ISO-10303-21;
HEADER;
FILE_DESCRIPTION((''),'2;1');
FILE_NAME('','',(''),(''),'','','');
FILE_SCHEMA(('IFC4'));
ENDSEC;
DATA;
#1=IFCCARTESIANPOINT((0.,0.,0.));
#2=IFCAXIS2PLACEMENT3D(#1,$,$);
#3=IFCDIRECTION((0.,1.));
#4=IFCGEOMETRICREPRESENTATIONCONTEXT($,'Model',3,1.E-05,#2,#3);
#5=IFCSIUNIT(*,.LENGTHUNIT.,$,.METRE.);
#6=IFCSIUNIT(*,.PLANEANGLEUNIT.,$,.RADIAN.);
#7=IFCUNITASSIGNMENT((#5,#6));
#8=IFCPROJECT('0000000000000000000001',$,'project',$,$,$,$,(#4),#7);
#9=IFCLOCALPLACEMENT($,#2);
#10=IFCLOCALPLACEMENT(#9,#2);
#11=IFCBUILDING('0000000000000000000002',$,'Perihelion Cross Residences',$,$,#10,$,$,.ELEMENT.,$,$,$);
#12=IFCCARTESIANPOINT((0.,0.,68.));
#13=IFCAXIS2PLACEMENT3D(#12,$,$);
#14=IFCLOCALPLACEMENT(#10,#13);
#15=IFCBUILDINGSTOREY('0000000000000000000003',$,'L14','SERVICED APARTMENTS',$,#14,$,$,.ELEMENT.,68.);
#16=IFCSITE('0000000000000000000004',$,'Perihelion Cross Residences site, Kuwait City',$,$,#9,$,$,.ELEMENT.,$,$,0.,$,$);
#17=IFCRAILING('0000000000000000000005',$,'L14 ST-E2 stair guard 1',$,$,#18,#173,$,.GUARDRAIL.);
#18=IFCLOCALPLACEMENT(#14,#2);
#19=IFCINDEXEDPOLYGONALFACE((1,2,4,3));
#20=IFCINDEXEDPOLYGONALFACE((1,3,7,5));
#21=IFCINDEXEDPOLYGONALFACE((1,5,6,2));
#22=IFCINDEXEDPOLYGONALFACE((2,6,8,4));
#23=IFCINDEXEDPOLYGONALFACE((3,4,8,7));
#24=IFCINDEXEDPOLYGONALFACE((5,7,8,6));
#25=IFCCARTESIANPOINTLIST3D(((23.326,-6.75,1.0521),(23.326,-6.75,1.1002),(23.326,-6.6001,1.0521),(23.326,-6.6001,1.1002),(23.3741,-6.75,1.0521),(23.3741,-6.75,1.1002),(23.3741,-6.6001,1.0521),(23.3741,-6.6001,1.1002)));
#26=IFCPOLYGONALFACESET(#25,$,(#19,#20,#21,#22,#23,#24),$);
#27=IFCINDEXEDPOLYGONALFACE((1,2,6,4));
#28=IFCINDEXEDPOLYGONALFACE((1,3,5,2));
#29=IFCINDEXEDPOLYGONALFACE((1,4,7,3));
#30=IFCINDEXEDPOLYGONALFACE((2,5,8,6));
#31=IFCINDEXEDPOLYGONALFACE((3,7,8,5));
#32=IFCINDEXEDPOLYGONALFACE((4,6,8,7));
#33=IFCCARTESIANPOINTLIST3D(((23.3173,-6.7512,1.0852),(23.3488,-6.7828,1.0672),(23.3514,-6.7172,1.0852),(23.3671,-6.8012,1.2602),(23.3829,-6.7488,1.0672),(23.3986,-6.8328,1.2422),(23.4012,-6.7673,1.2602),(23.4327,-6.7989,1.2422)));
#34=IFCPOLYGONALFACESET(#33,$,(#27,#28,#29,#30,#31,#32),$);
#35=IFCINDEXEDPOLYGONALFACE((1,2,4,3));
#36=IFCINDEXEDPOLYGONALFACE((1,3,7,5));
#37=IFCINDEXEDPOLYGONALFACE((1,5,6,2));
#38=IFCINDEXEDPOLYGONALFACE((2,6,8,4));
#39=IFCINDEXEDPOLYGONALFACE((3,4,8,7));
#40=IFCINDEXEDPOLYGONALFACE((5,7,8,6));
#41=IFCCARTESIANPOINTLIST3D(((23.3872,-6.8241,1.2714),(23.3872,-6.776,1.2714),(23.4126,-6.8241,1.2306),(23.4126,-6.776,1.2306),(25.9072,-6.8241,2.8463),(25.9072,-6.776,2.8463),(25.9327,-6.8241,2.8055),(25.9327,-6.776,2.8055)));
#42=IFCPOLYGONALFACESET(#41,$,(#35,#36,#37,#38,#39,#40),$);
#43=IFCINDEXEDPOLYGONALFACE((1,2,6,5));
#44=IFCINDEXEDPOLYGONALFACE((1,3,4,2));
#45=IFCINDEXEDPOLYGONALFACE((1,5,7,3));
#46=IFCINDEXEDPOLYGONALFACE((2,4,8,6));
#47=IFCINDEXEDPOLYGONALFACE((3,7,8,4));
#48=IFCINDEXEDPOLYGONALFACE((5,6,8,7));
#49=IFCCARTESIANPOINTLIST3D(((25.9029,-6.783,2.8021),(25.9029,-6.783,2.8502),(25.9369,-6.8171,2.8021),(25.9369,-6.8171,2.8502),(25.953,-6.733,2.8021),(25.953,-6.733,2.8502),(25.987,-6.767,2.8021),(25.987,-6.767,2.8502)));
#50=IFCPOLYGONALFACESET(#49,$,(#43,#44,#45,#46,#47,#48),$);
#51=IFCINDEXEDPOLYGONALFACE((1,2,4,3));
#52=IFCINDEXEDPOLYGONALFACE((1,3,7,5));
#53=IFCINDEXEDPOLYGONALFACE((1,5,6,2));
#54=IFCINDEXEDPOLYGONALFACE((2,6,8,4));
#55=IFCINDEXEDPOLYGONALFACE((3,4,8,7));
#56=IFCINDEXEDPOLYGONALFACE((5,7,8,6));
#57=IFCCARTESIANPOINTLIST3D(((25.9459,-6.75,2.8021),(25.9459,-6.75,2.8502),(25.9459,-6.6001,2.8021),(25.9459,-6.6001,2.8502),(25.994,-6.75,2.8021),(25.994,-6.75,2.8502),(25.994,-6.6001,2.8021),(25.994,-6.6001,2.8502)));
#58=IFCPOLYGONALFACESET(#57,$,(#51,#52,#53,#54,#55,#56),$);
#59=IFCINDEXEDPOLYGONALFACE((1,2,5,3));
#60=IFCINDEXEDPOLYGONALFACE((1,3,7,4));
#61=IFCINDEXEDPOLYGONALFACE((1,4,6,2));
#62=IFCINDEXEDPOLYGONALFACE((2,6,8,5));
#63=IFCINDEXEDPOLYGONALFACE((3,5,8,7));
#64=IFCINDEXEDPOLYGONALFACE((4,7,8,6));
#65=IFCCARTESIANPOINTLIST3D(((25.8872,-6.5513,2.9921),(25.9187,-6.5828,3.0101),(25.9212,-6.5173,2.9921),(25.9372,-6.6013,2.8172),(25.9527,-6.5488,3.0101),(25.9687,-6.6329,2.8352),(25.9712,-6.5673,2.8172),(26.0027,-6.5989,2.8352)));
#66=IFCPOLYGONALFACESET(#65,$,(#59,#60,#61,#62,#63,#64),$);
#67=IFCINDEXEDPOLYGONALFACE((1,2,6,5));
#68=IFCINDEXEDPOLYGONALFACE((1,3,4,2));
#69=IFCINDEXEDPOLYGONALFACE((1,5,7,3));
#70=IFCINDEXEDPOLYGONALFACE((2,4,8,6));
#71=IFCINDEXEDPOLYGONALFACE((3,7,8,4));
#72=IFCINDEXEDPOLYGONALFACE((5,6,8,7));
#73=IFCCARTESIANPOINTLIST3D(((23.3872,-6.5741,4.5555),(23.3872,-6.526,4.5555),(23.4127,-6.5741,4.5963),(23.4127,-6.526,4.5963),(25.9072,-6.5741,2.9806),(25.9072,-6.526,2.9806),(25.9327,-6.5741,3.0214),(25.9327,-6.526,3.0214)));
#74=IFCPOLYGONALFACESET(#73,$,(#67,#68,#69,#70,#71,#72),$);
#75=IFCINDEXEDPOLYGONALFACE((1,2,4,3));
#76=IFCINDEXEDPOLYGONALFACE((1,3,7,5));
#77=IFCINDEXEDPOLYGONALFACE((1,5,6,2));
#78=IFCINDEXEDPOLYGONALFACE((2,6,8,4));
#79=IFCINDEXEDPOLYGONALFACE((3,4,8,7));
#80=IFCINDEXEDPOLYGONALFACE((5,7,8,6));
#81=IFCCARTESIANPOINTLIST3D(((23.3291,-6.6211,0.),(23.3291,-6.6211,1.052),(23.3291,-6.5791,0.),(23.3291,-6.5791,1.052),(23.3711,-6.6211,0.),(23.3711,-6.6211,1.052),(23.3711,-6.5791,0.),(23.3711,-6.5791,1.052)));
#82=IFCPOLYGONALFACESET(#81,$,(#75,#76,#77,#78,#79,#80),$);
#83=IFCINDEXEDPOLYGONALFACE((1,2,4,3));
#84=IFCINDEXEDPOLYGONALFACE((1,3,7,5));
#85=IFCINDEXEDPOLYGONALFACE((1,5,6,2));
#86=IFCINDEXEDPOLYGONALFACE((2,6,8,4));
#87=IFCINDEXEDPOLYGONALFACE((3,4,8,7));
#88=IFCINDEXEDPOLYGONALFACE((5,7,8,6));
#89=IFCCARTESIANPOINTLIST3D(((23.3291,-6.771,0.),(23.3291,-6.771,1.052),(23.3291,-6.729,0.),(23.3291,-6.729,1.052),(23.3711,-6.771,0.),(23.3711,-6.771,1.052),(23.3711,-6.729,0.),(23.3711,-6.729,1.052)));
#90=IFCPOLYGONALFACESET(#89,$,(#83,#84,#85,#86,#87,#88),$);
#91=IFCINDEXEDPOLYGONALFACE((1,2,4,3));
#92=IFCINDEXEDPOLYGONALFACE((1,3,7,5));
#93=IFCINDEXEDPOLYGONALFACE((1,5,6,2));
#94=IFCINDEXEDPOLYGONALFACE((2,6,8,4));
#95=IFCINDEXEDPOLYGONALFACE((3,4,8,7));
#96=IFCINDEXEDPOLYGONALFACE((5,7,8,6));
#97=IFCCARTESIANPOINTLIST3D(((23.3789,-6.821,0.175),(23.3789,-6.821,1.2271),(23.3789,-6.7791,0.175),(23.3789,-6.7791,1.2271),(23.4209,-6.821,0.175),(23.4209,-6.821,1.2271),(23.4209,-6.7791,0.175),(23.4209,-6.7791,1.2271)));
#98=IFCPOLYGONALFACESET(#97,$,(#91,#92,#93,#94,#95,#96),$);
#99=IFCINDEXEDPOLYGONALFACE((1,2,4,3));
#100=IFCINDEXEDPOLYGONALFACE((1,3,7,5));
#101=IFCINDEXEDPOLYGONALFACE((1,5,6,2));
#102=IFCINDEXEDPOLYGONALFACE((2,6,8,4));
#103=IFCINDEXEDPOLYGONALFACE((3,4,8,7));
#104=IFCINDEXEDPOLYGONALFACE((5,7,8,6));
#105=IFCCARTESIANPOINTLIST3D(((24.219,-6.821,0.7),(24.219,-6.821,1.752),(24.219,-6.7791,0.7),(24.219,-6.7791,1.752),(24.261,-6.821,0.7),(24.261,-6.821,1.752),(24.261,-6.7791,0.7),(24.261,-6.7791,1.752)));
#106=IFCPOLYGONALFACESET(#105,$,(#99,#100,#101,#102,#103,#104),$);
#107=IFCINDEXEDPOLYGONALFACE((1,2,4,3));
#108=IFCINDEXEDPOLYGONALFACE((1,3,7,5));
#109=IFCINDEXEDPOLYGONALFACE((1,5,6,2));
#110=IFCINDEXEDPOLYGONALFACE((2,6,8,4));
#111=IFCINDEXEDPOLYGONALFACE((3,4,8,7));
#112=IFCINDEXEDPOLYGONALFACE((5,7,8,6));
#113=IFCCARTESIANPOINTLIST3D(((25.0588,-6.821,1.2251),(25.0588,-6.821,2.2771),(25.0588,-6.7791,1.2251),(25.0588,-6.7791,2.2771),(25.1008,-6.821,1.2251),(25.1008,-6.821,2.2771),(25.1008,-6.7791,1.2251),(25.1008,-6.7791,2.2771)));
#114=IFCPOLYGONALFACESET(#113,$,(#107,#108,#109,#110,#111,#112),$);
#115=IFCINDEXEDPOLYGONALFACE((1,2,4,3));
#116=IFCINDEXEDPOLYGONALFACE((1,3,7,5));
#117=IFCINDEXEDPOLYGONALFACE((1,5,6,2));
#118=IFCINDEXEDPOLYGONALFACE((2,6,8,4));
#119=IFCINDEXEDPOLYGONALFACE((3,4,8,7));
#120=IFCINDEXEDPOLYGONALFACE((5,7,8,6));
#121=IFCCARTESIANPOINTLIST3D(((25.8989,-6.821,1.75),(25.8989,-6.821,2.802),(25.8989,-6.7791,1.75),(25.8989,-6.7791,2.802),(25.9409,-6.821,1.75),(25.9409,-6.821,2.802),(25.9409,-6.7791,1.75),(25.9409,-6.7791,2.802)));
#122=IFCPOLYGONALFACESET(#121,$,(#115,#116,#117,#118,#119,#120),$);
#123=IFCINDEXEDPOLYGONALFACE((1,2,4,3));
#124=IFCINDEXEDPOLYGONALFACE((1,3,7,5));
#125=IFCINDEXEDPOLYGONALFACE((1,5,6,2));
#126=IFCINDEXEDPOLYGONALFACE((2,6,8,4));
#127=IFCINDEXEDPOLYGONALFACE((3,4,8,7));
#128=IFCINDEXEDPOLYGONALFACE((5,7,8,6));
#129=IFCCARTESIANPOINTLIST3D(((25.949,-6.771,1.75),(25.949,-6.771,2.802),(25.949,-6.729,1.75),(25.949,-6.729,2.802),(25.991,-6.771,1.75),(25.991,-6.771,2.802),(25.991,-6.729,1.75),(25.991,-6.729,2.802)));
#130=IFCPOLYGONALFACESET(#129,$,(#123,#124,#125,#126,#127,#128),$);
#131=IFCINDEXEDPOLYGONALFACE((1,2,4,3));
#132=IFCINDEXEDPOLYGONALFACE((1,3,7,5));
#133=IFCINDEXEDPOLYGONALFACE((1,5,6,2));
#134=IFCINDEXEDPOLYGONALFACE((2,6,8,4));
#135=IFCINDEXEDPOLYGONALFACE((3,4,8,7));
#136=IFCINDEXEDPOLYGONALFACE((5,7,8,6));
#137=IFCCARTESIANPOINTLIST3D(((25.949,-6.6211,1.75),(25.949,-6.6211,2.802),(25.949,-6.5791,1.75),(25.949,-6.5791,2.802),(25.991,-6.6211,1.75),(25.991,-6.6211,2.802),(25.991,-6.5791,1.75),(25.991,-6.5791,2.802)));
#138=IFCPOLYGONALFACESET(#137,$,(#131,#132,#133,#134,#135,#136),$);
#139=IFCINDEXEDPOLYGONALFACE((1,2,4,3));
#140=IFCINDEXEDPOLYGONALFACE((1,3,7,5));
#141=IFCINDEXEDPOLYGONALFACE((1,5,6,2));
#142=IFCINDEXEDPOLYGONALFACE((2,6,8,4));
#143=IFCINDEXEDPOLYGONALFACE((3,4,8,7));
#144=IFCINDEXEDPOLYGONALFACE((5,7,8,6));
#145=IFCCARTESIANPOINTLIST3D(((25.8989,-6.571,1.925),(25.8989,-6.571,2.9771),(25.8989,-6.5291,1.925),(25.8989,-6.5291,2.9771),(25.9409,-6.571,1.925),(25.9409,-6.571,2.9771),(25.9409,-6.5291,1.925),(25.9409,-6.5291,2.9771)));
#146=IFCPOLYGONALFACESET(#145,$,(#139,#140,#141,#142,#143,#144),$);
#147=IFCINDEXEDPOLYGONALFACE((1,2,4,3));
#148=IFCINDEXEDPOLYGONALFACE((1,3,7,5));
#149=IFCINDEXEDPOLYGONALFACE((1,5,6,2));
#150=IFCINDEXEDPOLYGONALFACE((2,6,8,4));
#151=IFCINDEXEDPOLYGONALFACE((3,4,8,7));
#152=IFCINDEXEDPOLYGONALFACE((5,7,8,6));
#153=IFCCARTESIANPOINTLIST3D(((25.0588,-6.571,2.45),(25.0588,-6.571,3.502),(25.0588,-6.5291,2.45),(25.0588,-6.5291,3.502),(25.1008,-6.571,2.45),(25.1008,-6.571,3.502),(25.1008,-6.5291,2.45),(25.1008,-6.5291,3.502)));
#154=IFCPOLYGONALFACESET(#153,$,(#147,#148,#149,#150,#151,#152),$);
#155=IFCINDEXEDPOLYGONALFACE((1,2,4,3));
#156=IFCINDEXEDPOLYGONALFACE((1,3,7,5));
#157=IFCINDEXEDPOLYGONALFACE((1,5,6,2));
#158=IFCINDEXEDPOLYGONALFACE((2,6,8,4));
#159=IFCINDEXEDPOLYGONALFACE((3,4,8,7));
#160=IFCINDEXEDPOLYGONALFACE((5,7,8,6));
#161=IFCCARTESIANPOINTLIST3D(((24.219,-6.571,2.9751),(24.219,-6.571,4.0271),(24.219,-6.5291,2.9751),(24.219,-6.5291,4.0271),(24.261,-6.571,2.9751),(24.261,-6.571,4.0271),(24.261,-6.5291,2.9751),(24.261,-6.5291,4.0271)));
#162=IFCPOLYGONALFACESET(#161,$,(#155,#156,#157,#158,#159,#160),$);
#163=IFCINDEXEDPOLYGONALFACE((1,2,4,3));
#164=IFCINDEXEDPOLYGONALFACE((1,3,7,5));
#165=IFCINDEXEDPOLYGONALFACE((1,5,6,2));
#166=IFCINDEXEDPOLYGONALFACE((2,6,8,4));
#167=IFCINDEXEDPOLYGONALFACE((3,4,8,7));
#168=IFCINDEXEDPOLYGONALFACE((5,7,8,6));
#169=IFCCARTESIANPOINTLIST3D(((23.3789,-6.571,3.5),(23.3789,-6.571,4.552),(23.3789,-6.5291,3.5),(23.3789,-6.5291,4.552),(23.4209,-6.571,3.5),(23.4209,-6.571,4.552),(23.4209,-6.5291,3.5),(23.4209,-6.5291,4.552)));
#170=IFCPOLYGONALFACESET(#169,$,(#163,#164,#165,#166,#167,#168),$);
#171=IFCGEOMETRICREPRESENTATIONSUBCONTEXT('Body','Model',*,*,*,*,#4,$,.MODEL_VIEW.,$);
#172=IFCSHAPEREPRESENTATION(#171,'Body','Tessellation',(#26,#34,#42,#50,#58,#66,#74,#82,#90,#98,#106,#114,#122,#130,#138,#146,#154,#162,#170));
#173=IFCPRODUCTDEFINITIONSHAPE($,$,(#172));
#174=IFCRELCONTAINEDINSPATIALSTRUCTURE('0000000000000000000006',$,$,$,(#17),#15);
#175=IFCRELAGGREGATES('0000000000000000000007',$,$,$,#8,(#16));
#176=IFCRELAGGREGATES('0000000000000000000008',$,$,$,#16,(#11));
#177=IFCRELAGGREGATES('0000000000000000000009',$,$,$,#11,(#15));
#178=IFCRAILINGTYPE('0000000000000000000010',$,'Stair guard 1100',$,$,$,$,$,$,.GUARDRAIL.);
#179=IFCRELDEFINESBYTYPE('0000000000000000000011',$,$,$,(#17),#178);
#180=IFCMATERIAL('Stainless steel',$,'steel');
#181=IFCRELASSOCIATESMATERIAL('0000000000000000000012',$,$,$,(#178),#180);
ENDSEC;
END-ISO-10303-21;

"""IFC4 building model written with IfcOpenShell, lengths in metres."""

from ifc_helpers import new_model, si_unit, direction, frame, origin, origin_2d, place, context, subcontext, project, spatial, rectangle, extrude, material, type_object, element, save


model = new_model("IFC4")

# Units and contexts
model_context = context("Model", 3, precision=1e-05, world=origin(), true_north=direction((0.0, 1.0)))
body_context = subcontext(model_context, "Body", "Model", "MODEL_VIEW")
ifc_project = project(units=[si_unit("LENGTHUNIT", "METRE"), si_unit("PLANEANGLEUNIT", "RADIAN")], contexts=[model_context])

# Site, building, storey
site_placement = place(None, origin())
site = spatial("IfcSite", under=ifc_project, at=site_placement, Name="Perihelion Cross Residences site, Kuwait City", CompositionType="ELEMENT", RefElevation=0.0)
building_placement = place(site_placement, origin())
building = spatial("IfcBuilding", under=site, at=building_placement, Name="Perihelion Cross Residences", CompositionType="ELEMENT")
storey_placement = place(building_placement, frame((0.0, 0.0, 68.0)))
storey = spatial("IfcBuildingStorey", under=building, at=storey_placement, Name="L14", Description="SERVICED APARTMENTS", CompositionType="ELEMENT", Elevation=68.0)

# Railing
ifc_material_1 = material(Name="Stainless steel", Category="steel")
railing_type_1 = type_object("IfcRailingType", Name="Stair guard 1100", PredefinedType="GUARDRAIL", material=ifc_material_1)
railing_1_placement = place(storey_placement, frame((23.3501, -6.6001, 0.0)))
element("IfcRailing", 1, at=railing_1_placement, inside=storey, type_object=railing_type_1, Name="L14 ST-E2 stair guard 1", PredefinedType="GUARDRAIL", context=body_context, shape_type="SweptSolid", body=[
    extrude(rectangle(XDim=0.0481, YDim=0.0481, at=origin_2d()), frame((0.0, 0.0, 1.0762), z_axis=(0.0, -1.0, 0.0), x_axis=(1.0, 0.0, 0.0)), (0.0, 0.0, 1.0), 0.1499),
    extrude(rectangle(XDim=0.0481, YDim=0.0481, at=origin_2d()), frame((0.0, -0.1499, 1.0762), z_axis=(0.263862, -0.265156, 0.927399), x_axis=(0.708834, 0.705376, 0.0)), (0.0, 0.0, 1.0), 0.1887),
    extrude(rectangle(XDim=0.0481, YDim=0.0481, at=origin_2d()), frame((0.0498, -0.2, 1.251), z_axis=(0.848008, 0.0, 0.529984), x_axis=(0.0, 1.0, 0.0)), (0.0, 0.0, 1.0), 2.9717),
    extrude(rectangle(XDim=0.0481, YDim=0.0481, at=origin_2d()), frame((2.5698, -0.2, 2.8262), z_axis=(0.707107, 0.707107, 0.0), x_axis=(-0.707107, 0.707107, 0.0)), (0.0, 0.0, 1.0), 0.0708),
    extrude(rectangle(XDim=0.0481, YDim=0.0481, at=origin_2d()), frame((2.6199, -0.1499, 2.8262), z_axis=(0.0, 1.0, 0.0), x_axis=(-1.0, 0.0, 0.0)), (0.0, 0.0, 1.0), 0.1499),
    extrude(rectangle(XDim=0.0481, YDim=0.0481, at=origin_2d()), frame((2.6199, 0.0, 2.8262), z_axis=(-0.265065, 0.265065, 0.927082), x_axis=(-0.707107, -0.707107, 0.0)), (0.0, 0.0, 1.0), 0.1887),
    extrude(rectangle(XDim=0.0481, YDim=0.0481, at=origin_2d()), frame((2.5698, 0.05, 3.001), z_axis=(-0.848008, 0.0, 0.529984), x_axis=(0.0, -1.0, 0.0)), (0.0, 0.0, 1.0), 2.9717),
    extrude(rectangle(XDim=0.042, YDim=0.042, at=origin_2d()), origin(), (0.0, 0.0, 1.0), 1.052),
    extrude(rectangle(XDim=0.042, YDim=0.042, at=origin_2d()), frame((0.0, -0.1499, 0.0)), (0.0, 0.0, 1.0), 1.052),
    extrude(rectangle(XDim=0.042, YDim=0.042, at=origin_2d()), frame((0.0498, -0.2, 0.175)), (0.0, 0.0, 1.0), 1.052),
    extrude(rectangle(XDim=0.042, YDim=0.042, at=origin_2d()), frame((0.8899, -0.2, 0.7)), (0.0, 0.0, 1.0), 1.052),
    extrude(rectangle(XDim=0.042, YDim=0.042, at=origin_2d()), frame((1.7297, -0.2, 1.2251)), (0.0, 0.0, 1.0), 1.052),
    extrude(rectangle(XDim=0.042, YDim=0.042, at=origin_2d()), frame((2.5698, -0.2, 1.75)), (0.0, 0.0, 1.0), 1.052),
    extrude(rectangle(XDim=0.042, YDim=0.042, at=origin_2d()), frame((2.6199, -0.1499, 1.75)), (0.0, 0.0, 1.0), 1.052),
    extrude(rectangle(XDim=0.042, YDim=0.042, at=origin_2d()), frame((2.6199, 0.0, 1.75)), (0.0, 0.0, 1.0), 1.052),
    extrude(rectangle(XDim=0.042, YDim=0.042, at=origin_2d()), frame((2.5698, 0.05, 1.925)), (0.0, 0.0, 1.0), 1.052),
    extrude(rectangle(XDim=0.042, YDim=0.042, at=origin_2d()), frame((1.7297, 0.05, 2.45)), (0.0, 0.0, 1.0), 1.052),
    extrude(rectangle(XDim=0.042, YDim=0.042, at=origin_2d()), frame((0.8899, 0.05, 2.9751)), (0.0, 0.0, 1.0), 1.052),
    extrude(rectangle(XDim=0.042, YDim=0.042, at=origin_2d()), frame((0.0498, 0.05, 3.5)), (0.0, 0.0, 1.0), 1.052),
])

save(model, "model.ifc")
